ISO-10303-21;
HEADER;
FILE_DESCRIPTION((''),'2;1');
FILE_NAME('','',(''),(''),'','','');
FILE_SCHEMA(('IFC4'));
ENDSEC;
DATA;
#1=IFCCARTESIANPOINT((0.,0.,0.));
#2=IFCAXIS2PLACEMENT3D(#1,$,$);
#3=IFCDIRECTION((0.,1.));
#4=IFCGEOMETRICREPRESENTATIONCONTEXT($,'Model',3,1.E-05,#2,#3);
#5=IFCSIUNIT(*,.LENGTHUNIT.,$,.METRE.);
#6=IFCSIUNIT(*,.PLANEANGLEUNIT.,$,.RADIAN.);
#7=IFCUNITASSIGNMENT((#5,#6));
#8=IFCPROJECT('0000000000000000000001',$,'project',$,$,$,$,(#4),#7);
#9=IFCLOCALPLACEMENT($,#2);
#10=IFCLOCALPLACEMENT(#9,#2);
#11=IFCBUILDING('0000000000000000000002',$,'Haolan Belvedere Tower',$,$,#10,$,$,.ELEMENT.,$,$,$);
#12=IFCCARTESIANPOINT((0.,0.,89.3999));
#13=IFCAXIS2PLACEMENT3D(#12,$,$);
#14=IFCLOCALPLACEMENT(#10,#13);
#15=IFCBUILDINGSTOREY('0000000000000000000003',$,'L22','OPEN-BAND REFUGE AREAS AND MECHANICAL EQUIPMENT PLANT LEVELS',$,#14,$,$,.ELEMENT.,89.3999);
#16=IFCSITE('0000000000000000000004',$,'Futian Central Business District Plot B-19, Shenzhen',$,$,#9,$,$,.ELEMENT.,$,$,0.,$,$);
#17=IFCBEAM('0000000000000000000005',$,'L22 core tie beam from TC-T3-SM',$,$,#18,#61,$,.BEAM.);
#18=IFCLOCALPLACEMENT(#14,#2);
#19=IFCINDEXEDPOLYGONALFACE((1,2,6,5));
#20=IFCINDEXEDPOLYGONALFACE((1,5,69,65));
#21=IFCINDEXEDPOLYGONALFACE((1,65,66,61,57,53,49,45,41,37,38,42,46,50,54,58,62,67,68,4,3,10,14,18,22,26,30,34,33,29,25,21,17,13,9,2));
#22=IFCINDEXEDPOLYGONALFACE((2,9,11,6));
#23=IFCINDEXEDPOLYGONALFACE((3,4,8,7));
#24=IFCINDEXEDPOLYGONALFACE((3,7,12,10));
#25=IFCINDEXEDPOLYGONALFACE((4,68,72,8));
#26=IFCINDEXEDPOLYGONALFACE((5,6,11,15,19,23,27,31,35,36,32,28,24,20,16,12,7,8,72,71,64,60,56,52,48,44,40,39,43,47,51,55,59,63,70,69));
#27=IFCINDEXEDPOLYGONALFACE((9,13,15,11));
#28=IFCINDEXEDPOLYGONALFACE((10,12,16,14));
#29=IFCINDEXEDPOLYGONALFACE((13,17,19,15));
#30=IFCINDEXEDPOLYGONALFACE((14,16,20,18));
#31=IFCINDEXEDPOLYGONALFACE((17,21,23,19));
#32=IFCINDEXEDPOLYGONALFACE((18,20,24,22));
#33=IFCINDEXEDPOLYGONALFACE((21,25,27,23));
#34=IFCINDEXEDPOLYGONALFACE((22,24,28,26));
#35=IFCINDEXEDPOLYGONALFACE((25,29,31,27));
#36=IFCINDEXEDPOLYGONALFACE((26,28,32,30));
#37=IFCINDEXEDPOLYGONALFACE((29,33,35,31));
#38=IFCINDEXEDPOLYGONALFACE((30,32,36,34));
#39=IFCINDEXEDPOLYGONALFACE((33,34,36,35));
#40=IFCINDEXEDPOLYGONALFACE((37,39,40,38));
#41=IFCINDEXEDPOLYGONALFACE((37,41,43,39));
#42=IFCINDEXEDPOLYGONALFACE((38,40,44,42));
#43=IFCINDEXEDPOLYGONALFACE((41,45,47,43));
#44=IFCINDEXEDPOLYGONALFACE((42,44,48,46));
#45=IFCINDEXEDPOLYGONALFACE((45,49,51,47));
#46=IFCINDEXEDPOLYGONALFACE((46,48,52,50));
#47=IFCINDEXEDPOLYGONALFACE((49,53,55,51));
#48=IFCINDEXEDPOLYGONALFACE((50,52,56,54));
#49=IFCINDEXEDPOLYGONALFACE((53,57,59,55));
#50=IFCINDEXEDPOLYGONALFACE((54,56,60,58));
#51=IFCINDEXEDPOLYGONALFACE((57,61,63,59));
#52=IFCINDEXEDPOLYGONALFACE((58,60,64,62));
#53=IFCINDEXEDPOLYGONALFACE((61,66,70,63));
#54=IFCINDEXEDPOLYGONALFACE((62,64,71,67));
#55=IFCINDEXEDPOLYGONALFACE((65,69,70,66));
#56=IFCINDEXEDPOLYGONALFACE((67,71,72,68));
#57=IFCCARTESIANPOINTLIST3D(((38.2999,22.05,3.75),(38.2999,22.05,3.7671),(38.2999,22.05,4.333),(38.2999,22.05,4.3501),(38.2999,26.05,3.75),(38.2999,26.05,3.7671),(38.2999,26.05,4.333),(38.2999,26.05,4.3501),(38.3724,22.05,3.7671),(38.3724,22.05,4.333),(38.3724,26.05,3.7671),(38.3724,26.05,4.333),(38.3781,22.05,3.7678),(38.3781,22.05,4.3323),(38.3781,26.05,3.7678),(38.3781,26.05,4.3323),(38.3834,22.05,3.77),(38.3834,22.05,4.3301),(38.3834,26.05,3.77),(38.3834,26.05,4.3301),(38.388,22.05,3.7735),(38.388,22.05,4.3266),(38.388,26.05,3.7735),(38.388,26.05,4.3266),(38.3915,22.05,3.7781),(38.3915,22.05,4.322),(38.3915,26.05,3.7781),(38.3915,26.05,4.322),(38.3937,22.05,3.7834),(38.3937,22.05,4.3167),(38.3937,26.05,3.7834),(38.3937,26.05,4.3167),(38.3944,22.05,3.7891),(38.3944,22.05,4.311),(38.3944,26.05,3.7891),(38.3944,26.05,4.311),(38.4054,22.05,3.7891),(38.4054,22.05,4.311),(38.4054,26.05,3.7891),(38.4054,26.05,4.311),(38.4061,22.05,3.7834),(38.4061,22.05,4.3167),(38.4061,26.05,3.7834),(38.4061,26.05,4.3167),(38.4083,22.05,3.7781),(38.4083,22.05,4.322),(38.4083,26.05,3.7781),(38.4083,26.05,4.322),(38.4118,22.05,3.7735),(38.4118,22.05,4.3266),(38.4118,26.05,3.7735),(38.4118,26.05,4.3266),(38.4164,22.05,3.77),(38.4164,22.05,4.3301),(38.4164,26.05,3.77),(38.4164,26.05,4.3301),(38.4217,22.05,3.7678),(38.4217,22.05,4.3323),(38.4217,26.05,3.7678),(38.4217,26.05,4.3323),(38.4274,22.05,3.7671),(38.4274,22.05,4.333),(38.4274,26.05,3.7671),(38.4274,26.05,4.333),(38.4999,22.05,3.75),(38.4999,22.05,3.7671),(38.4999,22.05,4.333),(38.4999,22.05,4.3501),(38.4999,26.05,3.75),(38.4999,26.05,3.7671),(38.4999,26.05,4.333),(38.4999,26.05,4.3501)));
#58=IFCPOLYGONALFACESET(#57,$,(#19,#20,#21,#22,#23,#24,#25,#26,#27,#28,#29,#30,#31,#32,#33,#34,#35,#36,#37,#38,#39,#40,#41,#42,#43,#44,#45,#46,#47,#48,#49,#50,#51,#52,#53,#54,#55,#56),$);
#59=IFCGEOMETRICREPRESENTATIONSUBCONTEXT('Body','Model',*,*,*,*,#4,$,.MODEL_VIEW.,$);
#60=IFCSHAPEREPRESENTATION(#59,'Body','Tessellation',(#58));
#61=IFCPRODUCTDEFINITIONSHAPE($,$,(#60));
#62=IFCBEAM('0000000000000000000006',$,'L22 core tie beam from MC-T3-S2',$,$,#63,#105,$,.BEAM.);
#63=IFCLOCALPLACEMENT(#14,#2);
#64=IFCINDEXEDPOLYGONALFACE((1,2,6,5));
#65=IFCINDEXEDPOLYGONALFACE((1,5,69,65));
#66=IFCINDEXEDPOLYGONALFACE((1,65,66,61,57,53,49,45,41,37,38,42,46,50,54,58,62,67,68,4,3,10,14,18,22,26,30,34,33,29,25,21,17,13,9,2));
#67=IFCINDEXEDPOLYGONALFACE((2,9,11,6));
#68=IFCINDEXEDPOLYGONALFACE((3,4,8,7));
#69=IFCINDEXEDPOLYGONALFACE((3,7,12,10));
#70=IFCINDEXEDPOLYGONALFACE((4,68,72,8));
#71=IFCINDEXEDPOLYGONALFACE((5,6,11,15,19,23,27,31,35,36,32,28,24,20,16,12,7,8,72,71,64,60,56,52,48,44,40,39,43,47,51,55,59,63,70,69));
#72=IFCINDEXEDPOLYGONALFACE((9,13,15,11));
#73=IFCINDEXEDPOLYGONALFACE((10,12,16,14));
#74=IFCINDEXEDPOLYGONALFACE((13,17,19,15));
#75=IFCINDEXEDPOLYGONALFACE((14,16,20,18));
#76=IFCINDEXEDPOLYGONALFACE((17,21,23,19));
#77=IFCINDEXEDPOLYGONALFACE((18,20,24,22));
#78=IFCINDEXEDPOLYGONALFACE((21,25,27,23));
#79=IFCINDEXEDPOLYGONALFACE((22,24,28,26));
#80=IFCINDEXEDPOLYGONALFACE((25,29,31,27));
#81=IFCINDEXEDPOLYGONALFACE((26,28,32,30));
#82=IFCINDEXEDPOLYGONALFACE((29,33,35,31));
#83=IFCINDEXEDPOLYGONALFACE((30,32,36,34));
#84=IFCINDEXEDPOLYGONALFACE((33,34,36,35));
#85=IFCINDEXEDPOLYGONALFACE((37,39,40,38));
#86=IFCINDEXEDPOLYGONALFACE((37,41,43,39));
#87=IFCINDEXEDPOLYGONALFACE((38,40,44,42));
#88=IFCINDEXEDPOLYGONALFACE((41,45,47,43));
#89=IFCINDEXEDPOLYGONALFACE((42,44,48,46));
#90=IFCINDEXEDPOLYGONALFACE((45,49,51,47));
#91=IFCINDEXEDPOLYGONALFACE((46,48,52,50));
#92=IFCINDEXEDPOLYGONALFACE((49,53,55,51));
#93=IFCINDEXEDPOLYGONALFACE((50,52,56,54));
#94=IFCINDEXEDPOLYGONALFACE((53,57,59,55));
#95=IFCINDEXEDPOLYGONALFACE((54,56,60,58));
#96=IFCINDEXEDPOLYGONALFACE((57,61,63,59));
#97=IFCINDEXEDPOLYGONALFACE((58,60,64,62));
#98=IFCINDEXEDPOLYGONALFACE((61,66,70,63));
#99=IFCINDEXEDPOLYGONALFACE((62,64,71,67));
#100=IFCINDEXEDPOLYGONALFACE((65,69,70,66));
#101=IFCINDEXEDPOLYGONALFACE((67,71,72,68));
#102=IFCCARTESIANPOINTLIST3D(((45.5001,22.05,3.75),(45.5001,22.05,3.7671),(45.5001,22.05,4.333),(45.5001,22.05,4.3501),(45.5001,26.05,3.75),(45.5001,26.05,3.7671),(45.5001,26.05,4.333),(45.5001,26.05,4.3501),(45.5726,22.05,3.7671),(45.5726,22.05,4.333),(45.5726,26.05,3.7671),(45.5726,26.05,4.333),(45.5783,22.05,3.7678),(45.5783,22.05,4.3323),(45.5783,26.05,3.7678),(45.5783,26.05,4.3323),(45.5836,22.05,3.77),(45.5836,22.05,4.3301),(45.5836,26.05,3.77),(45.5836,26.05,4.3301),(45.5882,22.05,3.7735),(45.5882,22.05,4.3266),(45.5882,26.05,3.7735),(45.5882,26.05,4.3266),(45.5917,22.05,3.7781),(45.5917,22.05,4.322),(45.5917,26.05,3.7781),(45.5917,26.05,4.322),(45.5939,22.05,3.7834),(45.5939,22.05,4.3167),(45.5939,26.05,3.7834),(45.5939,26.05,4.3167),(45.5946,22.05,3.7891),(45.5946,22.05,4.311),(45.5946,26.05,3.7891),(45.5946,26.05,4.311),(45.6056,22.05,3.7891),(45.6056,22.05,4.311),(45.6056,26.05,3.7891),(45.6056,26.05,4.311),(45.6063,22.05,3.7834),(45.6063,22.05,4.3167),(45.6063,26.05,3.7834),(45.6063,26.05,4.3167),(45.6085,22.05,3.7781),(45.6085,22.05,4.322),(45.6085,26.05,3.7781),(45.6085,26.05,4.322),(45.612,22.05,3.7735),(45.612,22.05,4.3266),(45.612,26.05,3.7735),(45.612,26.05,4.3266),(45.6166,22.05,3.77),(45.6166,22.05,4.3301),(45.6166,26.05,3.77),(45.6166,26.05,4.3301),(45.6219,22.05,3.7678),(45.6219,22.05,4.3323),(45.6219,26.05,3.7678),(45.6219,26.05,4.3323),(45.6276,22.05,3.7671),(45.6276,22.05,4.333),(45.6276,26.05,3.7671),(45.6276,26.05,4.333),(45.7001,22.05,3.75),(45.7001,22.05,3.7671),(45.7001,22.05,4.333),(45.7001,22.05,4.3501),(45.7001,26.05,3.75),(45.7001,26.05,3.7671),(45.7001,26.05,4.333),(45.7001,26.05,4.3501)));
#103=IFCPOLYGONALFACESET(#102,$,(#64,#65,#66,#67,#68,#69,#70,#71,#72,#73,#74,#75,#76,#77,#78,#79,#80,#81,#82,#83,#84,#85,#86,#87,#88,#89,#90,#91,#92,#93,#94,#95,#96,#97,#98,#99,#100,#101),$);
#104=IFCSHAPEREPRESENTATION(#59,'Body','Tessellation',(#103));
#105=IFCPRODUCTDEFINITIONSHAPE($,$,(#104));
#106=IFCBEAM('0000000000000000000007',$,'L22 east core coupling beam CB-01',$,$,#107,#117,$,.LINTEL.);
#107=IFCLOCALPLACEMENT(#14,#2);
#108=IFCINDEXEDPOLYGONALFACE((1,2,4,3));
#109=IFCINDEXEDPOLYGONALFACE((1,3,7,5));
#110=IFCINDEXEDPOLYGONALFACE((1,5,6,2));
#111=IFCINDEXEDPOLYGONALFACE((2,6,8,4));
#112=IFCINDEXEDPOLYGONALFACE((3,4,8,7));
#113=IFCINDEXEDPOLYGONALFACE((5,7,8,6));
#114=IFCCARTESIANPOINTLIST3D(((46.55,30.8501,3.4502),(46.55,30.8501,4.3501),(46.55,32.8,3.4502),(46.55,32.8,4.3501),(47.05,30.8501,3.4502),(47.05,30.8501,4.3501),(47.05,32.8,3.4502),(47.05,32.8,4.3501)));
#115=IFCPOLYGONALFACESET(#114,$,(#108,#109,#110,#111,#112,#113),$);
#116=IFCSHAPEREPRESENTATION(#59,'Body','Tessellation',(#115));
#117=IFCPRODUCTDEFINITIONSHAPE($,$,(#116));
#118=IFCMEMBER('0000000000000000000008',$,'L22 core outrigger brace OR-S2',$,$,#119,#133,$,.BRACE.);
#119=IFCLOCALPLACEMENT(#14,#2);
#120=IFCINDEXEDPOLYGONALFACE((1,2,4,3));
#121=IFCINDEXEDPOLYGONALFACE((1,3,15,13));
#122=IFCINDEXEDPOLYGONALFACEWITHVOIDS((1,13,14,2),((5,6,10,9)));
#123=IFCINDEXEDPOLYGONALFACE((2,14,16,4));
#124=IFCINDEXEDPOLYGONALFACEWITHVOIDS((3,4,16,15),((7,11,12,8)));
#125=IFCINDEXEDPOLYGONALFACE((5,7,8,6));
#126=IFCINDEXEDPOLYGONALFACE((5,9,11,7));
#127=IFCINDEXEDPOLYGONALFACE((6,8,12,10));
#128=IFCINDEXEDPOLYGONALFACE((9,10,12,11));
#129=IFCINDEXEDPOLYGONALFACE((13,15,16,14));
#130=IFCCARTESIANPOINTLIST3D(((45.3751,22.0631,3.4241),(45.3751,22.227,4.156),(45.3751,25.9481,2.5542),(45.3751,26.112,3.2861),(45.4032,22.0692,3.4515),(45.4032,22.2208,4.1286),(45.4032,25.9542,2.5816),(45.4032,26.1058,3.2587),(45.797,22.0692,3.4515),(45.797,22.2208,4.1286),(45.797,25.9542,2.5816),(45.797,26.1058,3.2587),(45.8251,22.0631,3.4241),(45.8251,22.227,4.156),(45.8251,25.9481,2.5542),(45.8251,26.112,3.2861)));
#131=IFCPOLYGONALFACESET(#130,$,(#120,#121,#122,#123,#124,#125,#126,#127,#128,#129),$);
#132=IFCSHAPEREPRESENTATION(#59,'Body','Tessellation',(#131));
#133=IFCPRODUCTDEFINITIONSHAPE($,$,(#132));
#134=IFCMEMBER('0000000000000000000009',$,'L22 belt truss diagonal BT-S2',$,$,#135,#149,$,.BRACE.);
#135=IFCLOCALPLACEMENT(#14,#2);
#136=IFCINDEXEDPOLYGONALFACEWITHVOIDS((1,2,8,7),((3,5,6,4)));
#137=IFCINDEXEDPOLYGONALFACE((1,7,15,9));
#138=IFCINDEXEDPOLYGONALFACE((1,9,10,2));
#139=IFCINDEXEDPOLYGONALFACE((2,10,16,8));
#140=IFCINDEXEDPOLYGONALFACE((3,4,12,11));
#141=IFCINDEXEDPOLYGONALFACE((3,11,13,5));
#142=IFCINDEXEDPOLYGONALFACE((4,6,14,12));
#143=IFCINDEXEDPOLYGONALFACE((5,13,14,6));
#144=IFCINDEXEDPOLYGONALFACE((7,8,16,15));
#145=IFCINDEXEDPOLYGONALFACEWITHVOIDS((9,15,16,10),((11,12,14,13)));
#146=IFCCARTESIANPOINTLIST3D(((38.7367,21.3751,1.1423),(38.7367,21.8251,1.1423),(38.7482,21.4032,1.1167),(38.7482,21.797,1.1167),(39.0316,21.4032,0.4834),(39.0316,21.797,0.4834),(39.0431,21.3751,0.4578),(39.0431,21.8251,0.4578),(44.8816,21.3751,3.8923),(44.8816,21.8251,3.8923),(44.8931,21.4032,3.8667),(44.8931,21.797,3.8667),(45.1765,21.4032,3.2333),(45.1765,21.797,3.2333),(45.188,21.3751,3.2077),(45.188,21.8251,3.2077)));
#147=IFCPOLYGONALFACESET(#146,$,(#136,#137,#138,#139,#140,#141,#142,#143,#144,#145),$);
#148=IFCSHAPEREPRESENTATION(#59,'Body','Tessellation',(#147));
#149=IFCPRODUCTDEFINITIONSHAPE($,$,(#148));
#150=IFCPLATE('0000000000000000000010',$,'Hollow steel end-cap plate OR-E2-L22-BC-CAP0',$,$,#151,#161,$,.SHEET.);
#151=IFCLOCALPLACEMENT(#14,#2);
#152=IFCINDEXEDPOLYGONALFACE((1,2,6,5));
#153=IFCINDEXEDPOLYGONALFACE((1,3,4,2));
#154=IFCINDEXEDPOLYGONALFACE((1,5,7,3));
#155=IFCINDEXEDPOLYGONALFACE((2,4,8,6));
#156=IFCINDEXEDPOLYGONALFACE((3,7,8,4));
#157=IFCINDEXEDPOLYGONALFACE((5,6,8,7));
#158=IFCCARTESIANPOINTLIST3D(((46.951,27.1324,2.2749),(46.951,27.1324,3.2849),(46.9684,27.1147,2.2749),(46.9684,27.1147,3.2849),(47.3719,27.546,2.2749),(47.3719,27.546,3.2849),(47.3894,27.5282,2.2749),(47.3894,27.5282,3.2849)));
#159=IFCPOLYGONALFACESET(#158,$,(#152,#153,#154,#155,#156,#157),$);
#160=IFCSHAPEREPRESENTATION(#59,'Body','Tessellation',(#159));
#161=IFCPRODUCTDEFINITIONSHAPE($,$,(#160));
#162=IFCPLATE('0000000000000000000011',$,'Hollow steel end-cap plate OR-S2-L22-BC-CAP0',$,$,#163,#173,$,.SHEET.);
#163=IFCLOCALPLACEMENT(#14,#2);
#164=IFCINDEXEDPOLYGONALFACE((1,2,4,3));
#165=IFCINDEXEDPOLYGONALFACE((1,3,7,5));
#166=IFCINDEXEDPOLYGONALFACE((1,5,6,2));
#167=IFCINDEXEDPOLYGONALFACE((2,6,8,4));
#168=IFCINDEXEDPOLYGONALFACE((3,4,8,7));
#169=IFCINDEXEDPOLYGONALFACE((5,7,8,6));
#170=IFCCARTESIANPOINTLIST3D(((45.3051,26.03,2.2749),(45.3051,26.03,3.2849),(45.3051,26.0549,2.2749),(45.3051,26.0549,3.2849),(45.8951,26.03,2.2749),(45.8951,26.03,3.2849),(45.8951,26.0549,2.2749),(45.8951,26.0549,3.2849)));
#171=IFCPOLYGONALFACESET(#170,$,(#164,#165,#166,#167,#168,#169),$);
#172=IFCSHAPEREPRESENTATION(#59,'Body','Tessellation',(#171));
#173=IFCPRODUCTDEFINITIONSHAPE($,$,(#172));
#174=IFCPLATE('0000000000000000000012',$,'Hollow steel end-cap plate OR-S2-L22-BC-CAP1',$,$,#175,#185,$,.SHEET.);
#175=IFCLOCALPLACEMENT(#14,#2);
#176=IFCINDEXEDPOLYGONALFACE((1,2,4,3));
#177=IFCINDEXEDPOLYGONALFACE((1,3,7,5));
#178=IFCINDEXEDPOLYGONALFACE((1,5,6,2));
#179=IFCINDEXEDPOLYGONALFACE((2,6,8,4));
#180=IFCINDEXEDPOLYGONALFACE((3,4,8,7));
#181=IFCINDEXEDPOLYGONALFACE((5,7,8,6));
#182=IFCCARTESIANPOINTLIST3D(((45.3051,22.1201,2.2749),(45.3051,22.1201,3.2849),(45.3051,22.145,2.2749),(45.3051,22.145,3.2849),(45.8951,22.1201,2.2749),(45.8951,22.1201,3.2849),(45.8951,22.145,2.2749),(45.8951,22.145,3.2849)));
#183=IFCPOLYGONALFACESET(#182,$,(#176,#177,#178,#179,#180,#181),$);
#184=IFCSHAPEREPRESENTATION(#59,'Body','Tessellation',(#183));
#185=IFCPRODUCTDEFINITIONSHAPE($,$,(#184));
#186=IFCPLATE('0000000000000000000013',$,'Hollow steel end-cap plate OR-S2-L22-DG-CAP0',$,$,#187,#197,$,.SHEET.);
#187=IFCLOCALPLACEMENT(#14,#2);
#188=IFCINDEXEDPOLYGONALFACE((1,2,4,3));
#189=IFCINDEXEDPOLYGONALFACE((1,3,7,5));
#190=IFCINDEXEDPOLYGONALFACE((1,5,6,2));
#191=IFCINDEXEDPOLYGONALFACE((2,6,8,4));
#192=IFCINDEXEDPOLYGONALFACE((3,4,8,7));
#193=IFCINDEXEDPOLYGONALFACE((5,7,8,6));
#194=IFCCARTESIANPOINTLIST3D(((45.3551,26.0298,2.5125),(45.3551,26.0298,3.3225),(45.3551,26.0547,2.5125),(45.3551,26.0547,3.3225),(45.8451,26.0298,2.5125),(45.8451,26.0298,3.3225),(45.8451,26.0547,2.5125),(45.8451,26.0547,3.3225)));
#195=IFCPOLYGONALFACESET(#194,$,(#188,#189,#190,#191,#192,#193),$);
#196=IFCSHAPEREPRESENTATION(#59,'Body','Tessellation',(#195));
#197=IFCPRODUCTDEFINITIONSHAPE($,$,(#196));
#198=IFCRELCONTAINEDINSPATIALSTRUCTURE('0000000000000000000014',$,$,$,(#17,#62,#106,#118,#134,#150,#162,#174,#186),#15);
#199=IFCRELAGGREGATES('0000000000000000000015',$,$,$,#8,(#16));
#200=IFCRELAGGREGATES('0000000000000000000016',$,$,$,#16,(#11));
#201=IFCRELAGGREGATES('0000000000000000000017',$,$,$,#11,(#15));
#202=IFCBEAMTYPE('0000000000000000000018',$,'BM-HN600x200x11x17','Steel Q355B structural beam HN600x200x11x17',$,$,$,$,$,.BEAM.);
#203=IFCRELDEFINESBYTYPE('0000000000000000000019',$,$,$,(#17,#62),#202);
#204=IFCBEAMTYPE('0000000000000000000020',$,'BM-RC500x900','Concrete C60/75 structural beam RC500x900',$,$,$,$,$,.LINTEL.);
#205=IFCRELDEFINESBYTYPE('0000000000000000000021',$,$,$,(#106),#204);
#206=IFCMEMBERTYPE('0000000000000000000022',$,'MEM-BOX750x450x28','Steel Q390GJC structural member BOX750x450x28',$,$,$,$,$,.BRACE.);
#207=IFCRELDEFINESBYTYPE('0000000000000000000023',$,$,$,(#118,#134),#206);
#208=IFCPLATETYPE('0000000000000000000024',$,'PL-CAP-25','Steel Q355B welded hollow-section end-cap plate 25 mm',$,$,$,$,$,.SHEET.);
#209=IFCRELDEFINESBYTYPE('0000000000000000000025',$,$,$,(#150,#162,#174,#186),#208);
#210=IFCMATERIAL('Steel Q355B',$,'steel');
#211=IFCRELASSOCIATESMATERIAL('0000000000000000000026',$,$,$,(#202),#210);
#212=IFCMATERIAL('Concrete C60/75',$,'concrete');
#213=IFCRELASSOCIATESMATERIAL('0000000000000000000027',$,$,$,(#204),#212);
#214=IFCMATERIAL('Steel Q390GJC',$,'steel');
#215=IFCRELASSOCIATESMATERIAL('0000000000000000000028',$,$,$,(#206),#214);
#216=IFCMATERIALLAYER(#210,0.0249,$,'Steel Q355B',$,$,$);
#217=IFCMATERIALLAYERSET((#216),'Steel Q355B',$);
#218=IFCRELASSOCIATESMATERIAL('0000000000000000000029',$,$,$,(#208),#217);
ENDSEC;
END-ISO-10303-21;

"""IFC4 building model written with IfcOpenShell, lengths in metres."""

from ifc_helpers import new_model, si_unit, direction, frame, origin, origin_2d, place, context, subcontext, project, spatial, rectangle, hollow_rectangle, i_section, extrude, material, layer, layer_set, material_profile, profile_set, type_object, element, save


model = new_model("IFC4")

# Units and contexts
model_context = context("Model", 3, precision=1e-05, world=origin(), true_north=direction((0.0, 1.0)))
body_context = subcontext(model_context, "Body", "Model", "MODEL_VIEW")
ifc_project = project(units=[si_unit("LENGTHUNIT", "METRE"), si_unit("PLANEANGLEUNIT", "RADIAN")], contexts=[model_context])

# Site, building, storey
site_placement = place(None, origin())
site = spatial("IfcSite", under=ifc_project, at=site_placement, Name="Futian Central Business District Plot B-19, Shenzhen", CompositionType="ELEMENT", RefElevation=0.0)
building_placement = place(site_placement, origin())
building = spatial("IfcBuilding", under=site, at=building_placement, Name="Haolan Belvedere Tower", CompositionType="ELEMENT")
storey_placement = place(building_placement, frame((0.0, 0.0, 89.3999)))
storey = spatial("IfcBuildingStorey", under=building, at=storey_placement, Name="L22", Description="OPEN-BAND REFUGE AREAS AND MECHANICAL EQUIPMENT PLANT LEVELS", CompositionType="ELEMENT", Elevation=89.3999)

# Shared definitions
ifc_material_1 = material(Name="Steel Q355B", Category="steel")

# Beams
ifc_material_profile_1 = material_profile(ifc_material_1, i_section(OverallWidth=0.2, OverallDepth=0.6001, WebThickness=0.011, FlangeThickness=0.0171, FilletRadius=0.022, at=origin_2d()), Name="Steel Q355B")
ifc_profile_set_1 = profile_set([ifc_material_profile_1], Name="Steel Q355B")
beam_type_1 = type_object("IfcBeamType", Name="BM-HN600x200x11x17", Description="Steel Q355B structural beam HN600x200x11x17", PredefinedType="BEAM", material=ifc_profile_set_1)
for number, where, z_axis, x_axis, name in (
    (1, (38.3999, 22.05, 4.05), (0.0, 1.0, 0.0), (-1.0, 0.0, 0.0), "L22 core tie beam from TC-T3-SM"),
    (2, (45.6001, 22.05, 4.05), (0.0, 1.0, 0.0), (-1.0, 0.0, 0.0), "L22 core tie beam from MC-T3-S2"),
):
    element("IfcBeam", number, at=place(storey_placement, frame(where, z_axis=z_axis, x_axis=x_axis)), inside=storey, type_object=beam_type_1, Name=name, PredefinedType="BEAM", context=body_context, shape_type="SweptSolid", body=[
        extrude(i_section(OverallWidth=0.2, OverallDepth=0.6001, WebThickness=0.011, FlangeThickness=0.0171, FilletRadius=0.022, at=origin_2d()), origin(), (0.0, 0.0, 1.0), 4.0),
    ])
ifc_material_2 = material(Name="Concrete C60/75", Category="concrete")
ifc_material_profile_2 = material_profile(ifc_material_2, rectangle(XDim=0.5, YDim=0.8999, at=origin_2d()), Name="Concrete C60/75")
ifc_profile_set_2 = profile_set([ifc_material_profile_2], Name="Concrete C60/75")
beam_type_2 = type_object("IfcBeamType", Name="BM-RC500x900", Description="Concrete C60/75 structural beam RC500x900", PredefinedType="LINTEL", material=ifc_profile_set_2)
beam_1_placement = place(storey_placement, frame((46.8, 30.8501, 3.9001), z_axis=(0.0, 1.0, 0.0), x_axis=(-1.0, 0.0, 0.0)))
element("IfcBeam", 3, at=beam_1_placement, inside=storey, type_object=beam_type_2, Name="L22 east core coupling beam CB-01", PredefinedType="LINTEL", context=body_context, shape_type="SweptSolid", body=[
    extrude(rectangle(XDim=0.5, YDim=0.8999, at=origin_2d()), origin(), (0.0, 0.0, 1.0), 1.95),
])

# Members
ifc_material_3 = material(Name="Steel Q390GJC", Category="steel")
ifc_material_profile_3 = material_profile(ifc_material_3, hollow_rectangle(XDim=0.45, YDim=0.75, WallThickness=0.0281, at=origin_2d()), Name="Steel Q390GJC")
ifc_profile_set_3 = profile_set([ifc_material_profile_3], Name="Steel Q390GJC")
member_type = type_object("IfcMemberType", Name="MEM-BOX750x450x28", Description="Steel Q390GJC structural member BOX750x450x28", PredefinedType="BRACE", material=ifc_profile_set_3)
member_1_placement = place(storey_placement, frame((45.6001, 26.03, 2.9202), z_axis=(0.0, -0.975838, 0.218495), x_axis=(1.0, 0.0, 0.0)))
element("IfcMember", 4, at=member_1_placement, inside=storey, type_object=member_type, Name="L22 core outrigger brace OR-S2", PredefinedType="BRACE", context=body_context, shape_type="SweptSolid", body=[
    extrude(hollow_rectangle(XDim=0.45, YDim=0.75, WallThickness=0.0281, at=origin_2d()), origin(), (0.0, 0.0, 1.0), 3.9812),
])
member_2_placement = place(storey_placement, frame((38.8899, 21.6001, 0.8), z_axis=(0.912768, 0.0, 0.408479), x_axis=(0.0, 1.0, 0.0)))
element("IfcMember", 5, at=member_2_placement, inside=storey, type_object=member_type, Name="L22 belt truss diagonal BT-S2", PredefinedType="BRACE", context=body_context, shape_type="SweptSolid", body=[
    extrude(hollow_rectangle(XDim=0.45, YDim=0.75, WallThickness=0.0281, at=origin_2d()), origin(), (0.0, 0.0, 1.0), 6.7322),
])

# Plates
ifc_layer_1 = layer(ifc_material_1, 0.0249, Name="Steel Q355B")
ifc_layer_set_1 = layer_set([ifc_layer_1], Name="Steel Q355B")
plate_type_1 = type_object("IfcPlateType", Name="PL-CAP-25", Description="Steel Q355B welded hollow-section end-cap plate 25 mm", PredefinedType="SHEET", material=ifc_layer_set_1)
for number, where, z_axis, x_axis, name in (
    (6, (47.1702, 27.3303, 2.2749), (0.0, 0.0, 1.0), (-0.713336, -0.700822, 0.0), "Hollow steel end-cap plate OR-E2-L22-BC-CAP0"),
    (7, (45.6001, 26.0425, 2.2749), (0.0, 0.0, 1.0), (-1.0, 0.0, 0.0), "Hollow steel end-cap plate OR-S2-L22-BC-CAP0"),
    (8, (45.6001, 22.1326, 2.2749), (0.0, 0.0, 1.0), (1.0, 0.0, 0.0), "Hollow steel end-cap plate OR-S2-L22-BC-CAP1"),
):
    element("IfcPlate", number, at=place(storey_placement, frame(where, z_axis=z_axis, x_axis=x_axis)), inside=storey, type_object=plate_type_1, Name=name, PredefinedType="SHEET", context=body_context, shape_type="SweptSolid", body=[
        extrude(rectangle(XDim=0.5901, YDim=0.0249, at=origin_2d()), origin(), (0.0, 0.0, 1.0), 1.01),
    ])
for number, where, z_axis, x_axis, name in (
    (9, (45.6001, 26.0422, 2.5125), (0.0, 0.0, 1.0), (-1.0, 0.0, 0.0), "Hollow steel end-cap plate OR-S2-L22-DG-CAP0"),
):
    element("IfcPlate", number, at=place(storey_placement, frame(where, z_axis=z_axis, x_axis=x_axis)), inside=storey, type_object=plate_type_1, Name=name, PredefinedType="SHEET", context=body_context, shape_type="SweptSolid", body=[
        extrude(rectangle(XDim=0.49, YDim=0.0249, at=origin_2d()), origin(), (0.0, 0.0, 1.0), 0.8101),
    ])

save(model, "model.ifc")
